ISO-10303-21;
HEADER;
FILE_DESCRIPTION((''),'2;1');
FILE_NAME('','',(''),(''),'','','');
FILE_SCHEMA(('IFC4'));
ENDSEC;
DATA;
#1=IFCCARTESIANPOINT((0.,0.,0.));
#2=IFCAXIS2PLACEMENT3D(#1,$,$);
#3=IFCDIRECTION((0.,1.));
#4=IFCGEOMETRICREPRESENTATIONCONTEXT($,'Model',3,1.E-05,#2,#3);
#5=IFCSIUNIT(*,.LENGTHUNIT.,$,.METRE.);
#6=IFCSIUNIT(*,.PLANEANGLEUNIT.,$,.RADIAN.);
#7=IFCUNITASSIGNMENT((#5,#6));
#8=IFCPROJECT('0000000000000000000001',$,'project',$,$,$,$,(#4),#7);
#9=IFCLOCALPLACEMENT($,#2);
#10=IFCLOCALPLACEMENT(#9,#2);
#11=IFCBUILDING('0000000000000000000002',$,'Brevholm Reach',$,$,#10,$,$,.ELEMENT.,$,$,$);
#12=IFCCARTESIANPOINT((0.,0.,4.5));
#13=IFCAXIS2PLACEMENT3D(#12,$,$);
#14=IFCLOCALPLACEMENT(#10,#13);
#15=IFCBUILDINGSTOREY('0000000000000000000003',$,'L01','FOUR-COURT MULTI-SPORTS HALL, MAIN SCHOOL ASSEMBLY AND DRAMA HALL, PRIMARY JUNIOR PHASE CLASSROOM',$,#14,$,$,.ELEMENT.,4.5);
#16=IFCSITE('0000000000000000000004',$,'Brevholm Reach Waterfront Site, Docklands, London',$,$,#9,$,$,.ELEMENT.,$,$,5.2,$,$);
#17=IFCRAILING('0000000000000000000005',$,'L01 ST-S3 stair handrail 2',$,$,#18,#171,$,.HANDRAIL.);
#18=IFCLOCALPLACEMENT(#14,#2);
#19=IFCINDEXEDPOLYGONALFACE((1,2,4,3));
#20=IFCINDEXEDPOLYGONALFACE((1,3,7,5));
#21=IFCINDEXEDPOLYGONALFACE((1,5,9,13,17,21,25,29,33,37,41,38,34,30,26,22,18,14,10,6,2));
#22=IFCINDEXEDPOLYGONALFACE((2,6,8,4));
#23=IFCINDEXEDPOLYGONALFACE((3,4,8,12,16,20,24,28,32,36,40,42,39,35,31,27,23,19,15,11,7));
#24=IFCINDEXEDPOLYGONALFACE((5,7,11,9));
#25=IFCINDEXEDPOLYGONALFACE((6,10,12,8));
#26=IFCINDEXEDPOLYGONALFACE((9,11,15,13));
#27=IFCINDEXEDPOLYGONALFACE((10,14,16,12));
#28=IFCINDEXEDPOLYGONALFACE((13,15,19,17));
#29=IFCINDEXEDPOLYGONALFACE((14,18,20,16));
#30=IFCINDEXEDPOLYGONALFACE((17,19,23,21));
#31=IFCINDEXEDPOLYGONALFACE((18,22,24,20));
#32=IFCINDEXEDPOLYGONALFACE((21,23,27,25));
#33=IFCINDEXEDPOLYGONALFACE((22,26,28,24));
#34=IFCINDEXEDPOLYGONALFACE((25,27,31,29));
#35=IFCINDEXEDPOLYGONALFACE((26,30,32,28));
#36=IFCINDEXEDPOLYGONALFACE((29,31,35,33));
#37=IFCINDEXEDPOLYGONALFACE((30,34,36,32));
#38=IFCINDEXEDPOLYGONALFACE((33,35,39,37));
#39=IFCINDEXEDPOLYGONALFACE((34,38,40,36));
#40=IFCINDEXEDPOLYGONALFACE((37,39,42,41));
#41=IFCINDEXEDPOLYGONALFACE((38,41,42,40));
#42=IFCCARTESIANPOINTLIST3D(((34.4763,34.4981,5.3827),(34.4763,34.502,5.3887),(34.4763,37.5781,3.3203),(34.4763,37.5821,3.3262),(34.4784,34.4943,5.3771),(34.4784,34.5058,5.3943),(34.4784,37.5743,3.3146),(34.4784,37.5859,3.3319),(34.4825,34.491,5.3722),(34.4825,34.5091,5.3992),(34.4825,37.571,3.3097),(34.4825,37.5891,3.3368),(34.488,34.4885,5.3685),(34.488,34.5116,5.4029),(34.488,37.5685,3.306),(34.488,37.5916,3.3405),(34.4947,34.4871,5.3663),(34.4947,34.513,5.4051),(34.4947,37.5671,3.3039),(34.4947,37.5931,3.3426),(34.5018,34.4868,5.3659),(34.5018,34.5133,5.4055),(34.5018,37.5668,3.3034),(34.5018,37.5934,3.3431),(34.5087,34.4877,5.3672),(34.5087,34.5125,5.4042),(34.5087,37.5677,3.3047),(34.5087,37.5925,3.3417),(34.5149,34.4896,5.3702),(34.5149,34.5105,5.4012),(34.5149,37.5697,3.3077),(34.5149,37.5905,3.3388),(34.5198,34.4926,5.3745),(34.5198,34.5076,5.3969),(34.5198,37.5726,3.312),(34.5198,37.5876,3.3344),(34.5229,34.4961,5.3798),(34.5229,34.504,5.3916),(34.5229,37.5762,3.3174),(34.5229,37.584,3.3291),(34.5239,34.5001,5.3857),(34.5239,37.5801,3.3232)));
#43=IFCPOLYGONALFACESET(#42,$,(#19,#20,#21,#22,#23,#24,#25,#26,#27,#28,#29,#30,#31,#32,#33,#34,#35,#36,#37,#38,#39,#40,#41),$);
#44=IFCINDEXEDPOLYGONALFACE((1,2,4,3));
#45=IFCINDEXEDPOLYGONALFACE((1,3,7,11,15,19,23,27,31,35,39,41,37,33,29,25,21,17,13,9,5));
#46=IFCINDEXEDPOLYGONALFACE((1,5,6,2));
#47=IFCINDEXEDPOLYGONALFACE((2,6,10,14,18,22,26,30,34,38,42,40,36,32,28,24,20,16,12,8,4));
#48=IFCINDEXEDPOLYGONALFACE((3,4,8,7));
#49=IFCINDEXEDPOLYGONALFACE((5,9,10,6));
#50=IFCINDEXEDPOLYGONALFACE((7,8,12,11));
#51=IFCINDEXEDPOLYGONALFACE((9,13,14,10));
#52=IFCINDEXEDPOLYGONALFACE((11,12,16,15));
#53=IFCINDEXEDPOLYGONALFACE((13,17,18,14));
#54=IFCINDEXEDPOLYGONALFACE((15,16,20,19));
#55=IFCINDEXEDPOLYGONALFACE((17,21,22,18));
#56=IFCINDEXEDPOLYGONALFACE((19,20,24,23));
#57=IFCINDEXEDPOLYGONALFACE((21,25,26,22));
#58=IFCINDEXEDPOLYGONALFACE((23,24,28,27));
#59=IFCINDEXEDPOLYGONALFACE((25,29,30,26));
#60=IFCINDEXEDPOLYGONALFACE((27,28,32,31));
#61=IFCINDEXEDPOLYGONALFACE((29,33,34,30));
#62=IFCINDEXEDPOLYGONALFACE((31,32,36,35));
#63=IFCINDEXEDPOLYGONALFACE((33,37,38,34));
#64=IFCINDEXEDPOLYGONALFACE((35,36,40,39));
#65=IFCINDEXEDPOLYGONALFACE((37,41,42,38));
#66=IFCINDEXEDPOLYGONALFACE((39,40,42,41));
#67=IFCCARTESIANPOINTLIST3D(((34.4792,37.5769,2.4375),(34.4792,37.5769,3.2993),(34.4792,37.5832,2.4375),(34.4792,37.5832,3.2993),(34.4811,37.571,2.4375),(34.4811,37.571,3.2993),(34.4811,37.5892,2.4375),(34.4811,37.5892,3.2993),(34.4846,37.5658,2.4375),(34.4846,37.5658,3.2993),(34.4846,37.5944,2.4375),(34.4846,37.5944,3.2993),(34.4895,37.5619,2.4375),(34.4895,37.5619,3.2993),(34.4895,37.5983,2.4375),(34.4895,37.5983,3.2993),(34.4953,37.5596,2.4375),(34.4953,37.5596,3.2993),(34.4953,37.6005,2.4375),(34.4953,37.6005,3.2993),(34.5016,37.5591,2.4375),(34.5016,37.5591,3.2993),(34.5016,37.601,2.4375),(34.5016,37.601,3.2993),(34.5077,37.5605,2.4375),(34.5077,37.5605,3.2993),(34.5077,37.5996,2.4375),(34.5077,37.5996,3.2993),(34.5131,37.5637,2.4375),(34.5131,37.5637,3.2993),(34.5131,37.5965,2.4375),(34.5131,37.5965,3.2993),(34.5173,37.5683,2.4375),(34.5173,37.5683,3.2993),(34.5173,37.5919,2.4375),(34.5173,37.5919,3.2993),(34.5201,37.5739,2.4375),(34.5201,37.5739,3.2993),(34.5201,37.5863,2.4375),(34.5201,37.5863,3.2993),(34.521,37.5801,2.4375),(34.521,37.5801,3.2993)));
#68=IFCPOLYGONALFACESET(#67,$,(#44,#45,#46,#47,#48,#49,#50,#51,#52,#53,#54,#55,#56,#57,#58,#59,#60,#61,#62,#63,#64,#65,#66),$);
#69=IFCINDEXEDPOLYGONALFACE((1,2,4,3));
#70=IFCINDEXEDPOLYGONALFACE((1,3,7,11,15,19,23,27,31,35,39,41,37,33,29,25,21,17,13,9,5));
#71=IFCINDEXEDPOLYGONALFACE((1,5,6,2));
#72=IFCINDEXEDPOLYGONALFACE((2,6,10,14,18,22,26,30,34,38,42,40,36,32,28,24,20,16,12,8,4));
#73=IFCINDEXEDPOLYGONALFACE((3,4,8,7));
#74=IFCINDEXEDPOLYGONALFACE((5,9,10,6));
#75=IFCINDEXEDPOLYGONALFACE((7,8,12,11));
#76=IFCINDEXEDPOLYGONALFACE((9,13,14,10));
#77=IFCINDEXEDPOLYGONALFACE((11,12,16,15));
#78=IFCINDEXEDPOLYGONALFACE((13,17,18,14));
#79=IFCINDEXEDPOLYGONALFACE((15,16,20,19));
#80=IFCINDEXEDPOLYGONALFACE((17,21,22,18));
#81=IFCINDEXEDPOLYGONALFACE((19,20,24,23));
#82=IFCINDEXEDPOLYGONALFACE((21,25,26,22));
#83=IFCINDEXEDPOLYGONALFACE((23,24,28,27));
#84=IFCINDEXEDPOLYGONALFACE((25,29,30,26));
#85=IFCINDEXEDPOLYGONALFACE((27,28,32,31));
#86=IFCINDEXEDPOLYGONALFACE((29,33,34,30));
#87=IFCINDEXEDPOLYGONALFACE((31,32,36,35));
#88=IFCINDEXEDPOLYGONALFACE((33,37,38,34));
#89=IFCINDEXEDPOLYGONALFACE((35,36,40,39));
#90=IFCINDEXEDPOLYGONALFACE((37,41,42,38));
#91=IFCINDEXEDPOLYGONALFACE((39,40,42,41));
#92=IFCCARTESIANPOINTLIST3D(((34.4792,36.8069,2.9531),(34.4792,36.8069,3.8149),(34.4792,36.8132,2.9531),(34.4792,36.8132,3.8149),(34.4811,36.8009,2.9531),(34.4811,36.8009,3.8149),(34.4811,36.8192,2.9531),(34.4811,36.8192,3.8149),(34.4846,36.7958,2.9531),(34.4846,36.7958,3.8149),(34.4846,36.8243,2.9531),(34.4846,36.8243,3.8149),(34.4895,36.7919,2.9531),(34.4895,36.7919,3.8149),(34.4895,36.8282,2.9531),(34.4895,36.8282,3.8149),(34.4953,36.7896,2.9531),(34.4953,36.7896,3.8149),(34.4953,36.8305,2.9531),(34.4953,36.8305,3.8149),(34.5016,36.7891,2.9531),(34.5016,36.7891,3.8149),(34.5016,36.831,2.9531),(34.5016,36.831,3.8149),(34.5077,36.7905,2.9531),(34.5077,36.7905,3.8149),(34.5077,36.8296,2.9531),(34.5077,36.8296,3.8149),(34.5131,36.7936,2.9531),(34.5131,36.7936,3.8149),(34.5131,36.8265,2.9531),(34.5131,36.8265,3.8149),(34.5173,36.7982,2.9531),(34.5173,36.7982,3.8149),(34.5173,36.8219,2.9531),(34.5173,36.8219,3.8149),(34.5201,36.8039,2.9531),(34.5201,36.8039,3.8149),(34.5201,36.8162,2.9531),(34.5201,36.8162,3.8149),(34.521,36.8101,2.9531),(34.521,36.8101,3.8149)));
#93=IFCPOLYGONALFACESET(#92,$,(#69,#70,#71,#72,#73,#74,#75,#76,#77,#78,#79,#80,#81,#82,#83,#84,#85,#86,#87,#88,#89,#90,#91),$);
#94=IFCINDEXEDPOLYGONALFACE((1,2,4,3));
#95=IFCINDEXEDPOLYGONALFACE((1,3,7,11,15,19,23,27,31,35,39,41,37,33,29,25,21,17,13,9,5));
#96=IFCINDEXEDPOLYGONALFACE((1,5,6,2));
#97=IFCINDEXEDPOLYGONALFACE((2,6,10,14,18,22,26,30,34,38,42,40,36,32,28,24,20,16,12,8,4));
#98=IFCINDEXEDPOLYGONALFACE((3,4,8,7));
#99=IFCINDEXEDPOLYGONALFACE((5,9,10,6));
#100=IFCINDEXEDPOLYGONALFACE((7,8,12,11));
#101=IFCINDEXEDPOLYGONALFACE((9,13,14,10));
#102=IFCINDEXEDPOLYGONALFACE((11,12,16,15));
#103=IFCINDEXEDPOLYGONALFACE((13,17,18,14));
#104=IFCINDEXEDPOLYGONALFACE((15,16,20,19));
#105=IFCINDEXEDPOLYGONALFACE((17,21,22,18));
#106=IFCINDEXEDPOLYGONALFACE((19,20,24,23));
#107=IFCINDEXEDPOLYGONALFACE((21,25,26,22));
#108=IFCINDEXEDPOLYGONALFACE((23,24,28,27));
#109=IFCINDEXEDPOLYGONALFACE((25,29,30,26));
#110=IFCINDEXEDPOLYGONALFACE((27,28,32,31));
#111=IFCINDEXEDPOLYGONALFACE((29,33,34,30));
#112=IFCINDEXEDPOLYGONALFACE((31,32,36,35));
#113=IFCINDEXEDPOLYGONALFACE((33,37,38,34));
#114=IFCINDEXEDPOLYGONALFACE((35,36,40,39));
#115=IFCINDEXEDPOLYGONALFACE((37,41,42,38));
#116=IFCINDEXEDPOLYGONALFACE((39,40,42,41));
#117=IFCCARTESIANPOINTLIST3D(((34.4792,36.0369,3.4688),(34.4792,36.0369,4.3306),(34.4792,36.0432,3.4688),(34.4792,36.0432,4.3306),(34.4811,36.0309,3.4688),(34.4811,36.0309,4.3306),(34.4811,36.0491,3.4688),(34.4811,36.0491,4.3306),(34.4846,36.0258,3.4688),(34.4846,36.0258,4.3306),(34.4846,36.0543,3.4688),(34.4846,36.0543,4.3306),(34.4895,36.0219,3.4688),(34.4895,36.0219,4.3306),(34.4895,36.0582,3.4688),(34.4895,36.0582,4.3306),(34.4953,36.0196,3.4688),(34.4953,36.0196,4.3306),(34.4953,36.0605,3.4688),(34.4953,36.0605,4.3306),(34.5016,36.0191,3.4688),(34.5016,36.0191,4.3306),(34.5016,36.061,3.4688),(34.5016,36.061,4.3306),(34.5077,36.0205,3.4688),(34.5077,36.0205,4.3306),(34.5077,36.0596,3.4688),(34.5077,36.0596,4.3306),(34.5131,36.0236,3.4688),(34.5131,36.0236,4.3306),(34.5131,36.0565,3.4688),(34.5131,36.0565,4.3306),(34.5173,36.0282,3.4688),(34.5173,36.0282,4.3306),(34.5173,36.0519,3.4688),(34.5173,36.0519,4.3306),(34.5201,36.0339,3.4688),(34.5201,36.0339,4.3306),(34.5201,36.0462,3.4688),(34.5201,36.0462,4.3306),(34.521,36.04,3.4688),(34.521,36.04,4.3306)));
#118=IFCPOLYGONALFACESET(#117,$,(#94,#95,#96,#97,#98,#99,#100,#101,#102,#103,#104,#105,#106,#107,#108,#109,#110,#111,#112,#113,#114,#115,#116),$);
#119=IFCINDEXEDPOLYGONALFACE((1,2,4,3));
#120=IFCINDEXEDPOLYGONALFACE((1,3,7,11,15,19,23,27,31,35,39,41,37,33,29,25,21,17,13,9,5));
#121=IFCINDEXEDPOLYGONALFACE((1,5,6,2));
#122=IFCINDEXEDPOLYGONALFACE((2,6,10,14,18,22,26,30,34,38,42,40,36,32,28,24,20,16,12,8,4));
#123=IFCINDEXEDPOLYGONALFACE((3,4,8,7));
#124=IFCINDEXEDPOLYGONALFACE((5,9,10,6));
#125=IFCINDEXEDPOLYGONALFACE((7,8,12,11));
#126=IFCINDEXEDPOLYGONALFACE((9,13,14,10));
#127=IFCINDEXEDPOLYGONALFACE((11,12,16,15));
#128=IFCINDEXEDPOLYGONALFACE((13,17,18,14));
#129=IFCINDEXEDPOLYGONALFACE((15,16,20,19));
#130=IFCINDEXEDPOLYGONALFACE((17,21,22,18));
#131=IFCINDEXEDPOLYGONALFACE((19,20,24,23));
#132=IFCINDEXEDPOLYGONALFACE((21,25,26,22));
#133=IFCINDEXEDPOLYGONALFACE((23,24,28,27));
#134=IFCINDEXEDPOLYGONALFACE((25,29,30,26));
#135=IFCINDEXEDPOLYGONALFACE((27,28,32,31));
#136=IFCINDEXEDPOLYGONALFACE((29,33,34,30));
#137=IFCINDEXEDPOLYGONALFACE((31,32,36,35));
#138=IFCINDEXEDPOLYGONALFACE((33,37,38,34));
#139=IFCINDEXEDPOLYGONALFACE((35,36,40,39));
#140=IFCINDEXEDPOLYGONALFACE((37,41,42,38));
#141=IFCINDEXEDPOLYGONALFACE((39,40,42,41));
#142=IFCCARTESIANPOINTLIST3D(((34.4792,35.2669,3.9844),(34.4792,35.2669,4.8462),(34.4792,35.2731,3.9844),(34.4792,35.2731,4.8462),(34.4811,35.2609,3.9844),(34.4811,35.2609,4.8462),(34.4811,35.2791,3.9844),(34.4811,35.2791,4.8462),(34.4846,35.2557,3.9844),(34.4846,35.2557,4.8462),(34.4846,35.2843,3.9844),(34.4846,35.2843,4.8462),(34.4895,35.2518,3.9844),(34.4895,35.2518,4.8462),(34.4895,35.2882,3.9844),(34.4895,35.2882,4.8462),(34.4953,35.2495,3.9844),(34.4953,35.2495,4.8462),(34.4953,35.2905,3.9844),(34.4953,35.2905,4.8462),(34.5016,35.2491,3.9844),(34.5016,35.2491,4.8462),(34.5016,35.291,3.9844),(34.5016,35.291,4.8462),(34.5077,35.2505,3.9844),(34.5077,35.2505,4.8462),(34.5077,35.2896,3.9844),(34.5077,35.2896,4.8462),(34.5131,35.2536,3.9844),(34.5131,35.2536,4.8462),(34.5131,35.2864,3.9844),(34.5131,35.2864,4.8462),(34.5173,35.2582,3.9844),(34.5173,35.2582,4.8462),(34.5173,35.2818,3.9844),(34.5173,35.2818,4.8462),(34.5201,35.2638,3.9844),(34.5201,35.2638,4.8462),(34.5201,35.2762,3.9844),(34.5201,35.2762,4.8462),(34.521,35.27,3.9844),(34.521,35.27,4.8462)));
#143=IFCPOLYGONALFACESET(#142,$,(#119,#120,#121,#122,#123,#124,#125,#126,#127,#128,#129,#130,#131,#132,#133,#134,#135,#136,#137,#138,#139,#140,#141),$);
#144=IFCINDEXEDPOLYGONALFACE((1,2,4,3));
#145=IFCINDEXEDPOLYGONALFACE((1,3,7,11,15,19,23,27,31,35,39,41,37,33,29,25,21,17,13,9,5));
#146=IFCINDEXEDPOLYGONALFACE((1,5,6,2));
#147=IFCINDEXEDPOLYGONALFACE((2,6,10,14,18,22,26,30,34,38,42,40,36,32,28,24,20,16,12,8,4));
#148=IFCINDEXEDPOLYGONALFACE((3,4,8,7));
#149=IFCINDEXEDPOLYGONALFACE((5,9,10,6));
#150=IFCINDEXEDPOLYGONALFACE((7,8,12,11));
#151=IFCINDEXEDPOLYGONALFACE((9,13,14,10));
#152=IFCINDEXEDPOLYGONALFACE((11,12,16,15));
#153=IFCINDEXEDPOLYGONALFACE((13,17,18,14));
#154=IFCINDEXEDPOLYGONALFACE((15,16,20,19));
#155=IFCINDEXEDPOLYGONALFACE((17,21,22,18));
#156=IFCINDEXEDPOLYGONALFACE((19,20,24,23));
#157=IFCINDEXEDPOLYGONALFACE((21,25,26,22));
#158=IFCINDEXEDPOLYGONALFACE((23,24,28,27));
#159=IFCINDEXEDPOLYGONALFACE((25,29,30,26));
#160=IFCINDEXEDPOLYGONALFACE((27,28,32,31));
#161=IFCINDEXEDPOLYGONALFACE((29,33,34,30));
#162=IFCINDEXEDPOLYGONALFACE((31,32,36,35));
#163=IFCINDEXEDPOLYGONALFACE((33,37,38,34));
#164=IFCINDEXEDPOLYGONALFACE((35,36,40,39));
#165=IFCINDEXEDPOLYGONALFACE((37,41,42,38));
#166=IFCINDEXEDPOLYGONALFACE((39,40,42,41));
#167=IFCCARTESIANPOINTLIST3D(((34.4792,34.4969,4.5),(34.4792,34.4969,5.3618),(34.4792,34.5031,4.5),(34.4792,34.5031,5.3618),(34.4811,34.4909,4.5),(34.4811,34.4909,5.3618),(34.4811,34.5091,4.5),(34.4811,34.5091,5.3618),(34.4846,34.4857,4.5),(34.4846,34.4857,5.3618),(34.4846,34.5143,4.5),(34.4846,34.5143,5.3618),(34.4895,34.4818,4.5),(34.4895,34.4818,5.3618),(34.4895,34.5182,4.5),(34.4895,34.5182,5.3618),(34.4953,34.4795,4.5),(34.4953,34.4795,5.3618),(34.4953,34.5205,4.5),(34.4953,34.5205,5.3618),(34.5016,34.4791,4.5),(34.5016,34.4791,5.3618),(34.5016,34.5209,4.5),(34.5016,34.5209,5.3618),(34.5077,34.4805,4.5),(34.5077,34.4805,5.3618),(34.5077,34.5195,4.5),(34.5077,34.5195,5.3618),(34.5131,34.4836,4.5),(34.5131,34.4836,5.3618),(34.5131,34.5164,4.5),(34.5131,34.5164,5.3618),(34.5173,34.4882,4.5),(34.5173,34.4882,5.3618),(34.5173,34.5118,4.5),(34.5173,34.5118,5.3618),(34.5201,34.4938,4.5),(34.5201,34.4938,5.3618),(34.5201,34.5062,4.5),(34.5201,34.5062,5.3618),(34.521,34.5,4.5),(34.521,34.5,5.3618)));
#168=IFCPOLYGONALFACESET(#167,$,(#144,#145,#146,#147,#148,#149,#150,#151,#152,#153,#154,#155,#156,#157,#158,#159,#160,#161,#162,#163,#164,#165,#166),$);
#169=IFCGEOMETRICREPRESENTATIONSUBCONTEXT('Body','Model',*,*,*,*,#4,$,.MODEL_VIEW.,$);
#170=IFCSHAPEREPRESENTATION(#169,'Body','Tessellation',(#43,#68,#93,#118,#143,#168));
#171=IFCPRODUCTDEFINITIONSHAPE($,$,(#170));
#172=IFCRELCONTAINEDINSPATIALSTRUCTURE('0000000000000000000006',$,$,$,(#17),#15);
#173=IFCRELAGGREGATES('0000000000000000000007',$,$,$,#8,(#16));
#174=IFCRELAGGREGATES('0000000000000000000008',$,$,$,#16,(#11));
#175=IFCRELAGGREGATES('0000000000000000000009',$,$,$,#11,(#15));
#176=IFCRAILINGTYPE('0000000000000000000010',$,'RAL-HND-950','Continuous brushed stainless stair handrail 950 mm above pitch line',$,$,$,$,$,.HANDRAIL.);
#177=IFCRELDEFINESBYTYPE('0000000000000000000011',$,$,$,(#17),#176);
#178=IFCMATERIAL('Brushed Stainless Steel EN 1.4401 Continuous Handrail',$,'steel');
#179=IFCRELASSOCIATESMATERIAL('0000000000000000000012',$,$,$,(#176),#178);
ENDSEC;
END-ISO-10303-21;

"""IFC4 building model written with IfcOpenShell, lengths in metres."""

from ifc_helpers import new_model, si_unit, direction, frame, origin, origin_2d, place, context, subcontext, project, spatial, circle, extrude, material, type_object, element, save


model = new_model("IFC4")

# Units and contexts
model_context = context("Model", 3, precision=1e-05, world=origin(), true_north=direction((0.0, 1.0)))
body_context = subcontext(model_context, "Body", "Model", "MODEL_VIEW")
ifc_project = project(units=[si_unit("LENGTHUNIT", "METRE"), si_unit("PLANEANGLEUNIT", "RADIAN")], contexts=[model_context])

# Site, building, storey
site_placement = place(None, origin())
site = spatial("IfcSite", under=ifc_project, at=site_placement, Name="Brevholm Reach Waterfront Site, Docklands, London", CompositionType="ELEMENT", RefElevation=5.2)
building_placement = place(site_placement, origin())
building = spatial("IfcBuilding", under=site, at=building_placement, Name="Brevholm Reach", CompositionType="ELEMENT")
storey_placement = place(building_placement, frame((0.0, 0.0, 4.5)))
storey = spatial("IfcBuildingStorey", under=building, at=storey_placement, Name="L01", Description="FOUR-COURT MULTI-SPORTS HALL, MAIN SCHOOL ASSEMBLY AND DRAMA HALL, PRIMARY JUNIOR PHASE CLASSROOM", CompositionType="ELEMENT", Elevation=4.5)

# Railing
ifc_material_1 = material(Name="Brushed Stainless Steel EN 1.4401 Continuous Handrail", Category="steel")
railing_type_1 = type_object("IfcRailingType", Name="RAL-HND-950", Description="Continuous brushed stainless stair handrail 950 mm above pitch line", PredefinedType="HANDRAIL", material=ifc_material_1)
railing_1_placement = place(storey_placement, frame((34.5, 37.5801, 2.4375)))
element("IfcRailing", 1, at=railing_1_placement, inside=storey, type_object=railing_type_1, Name="L01 ST-S3 stair handrail 2", PredefinedType="HANDRAIL", context=body_context, shape_type="SweptSolid", body=[
    extrude(circle(Radius=0.0239, at=origin_2d()), frame((0.0, 0.0, 0.8857), z_axis=(0.0, -0.830914, 0.556401), x_axis=(1.0, 0.0, 0.0)), (0.0, 0.0, 1.0), 3.7068),
    extrude(circle(Radius=0.021, at=origin_2d()), origin(), (0.0, 0.0, 1.0), 0.8618),
    extrude(circle(Radius=0.021, at=origin_2d()), frame((0.0, -0.77, 0.5156)), (0.0, 0.0, 1.0), 0.8618),
    extrude(circle(Radius=0.021, at=origin_2d()), frame((0.0, -1.54, 1.0312)), (0.0, 0.0, 1.0), 0.8618),
    extrude(circle(Radius=0.021, at=origin_2d()), frame((0.0, -2.3101, 1.5469)), (0.0, 0.0, 1.0), 0.8618),
    extrude(circle(Radius=0.021, at=origin_2d()), frame((0.0, -3.0801, 2.0625)), (0.0, 0.0, 1.0), 0.8618),
])

save(model, "model.ifc")
